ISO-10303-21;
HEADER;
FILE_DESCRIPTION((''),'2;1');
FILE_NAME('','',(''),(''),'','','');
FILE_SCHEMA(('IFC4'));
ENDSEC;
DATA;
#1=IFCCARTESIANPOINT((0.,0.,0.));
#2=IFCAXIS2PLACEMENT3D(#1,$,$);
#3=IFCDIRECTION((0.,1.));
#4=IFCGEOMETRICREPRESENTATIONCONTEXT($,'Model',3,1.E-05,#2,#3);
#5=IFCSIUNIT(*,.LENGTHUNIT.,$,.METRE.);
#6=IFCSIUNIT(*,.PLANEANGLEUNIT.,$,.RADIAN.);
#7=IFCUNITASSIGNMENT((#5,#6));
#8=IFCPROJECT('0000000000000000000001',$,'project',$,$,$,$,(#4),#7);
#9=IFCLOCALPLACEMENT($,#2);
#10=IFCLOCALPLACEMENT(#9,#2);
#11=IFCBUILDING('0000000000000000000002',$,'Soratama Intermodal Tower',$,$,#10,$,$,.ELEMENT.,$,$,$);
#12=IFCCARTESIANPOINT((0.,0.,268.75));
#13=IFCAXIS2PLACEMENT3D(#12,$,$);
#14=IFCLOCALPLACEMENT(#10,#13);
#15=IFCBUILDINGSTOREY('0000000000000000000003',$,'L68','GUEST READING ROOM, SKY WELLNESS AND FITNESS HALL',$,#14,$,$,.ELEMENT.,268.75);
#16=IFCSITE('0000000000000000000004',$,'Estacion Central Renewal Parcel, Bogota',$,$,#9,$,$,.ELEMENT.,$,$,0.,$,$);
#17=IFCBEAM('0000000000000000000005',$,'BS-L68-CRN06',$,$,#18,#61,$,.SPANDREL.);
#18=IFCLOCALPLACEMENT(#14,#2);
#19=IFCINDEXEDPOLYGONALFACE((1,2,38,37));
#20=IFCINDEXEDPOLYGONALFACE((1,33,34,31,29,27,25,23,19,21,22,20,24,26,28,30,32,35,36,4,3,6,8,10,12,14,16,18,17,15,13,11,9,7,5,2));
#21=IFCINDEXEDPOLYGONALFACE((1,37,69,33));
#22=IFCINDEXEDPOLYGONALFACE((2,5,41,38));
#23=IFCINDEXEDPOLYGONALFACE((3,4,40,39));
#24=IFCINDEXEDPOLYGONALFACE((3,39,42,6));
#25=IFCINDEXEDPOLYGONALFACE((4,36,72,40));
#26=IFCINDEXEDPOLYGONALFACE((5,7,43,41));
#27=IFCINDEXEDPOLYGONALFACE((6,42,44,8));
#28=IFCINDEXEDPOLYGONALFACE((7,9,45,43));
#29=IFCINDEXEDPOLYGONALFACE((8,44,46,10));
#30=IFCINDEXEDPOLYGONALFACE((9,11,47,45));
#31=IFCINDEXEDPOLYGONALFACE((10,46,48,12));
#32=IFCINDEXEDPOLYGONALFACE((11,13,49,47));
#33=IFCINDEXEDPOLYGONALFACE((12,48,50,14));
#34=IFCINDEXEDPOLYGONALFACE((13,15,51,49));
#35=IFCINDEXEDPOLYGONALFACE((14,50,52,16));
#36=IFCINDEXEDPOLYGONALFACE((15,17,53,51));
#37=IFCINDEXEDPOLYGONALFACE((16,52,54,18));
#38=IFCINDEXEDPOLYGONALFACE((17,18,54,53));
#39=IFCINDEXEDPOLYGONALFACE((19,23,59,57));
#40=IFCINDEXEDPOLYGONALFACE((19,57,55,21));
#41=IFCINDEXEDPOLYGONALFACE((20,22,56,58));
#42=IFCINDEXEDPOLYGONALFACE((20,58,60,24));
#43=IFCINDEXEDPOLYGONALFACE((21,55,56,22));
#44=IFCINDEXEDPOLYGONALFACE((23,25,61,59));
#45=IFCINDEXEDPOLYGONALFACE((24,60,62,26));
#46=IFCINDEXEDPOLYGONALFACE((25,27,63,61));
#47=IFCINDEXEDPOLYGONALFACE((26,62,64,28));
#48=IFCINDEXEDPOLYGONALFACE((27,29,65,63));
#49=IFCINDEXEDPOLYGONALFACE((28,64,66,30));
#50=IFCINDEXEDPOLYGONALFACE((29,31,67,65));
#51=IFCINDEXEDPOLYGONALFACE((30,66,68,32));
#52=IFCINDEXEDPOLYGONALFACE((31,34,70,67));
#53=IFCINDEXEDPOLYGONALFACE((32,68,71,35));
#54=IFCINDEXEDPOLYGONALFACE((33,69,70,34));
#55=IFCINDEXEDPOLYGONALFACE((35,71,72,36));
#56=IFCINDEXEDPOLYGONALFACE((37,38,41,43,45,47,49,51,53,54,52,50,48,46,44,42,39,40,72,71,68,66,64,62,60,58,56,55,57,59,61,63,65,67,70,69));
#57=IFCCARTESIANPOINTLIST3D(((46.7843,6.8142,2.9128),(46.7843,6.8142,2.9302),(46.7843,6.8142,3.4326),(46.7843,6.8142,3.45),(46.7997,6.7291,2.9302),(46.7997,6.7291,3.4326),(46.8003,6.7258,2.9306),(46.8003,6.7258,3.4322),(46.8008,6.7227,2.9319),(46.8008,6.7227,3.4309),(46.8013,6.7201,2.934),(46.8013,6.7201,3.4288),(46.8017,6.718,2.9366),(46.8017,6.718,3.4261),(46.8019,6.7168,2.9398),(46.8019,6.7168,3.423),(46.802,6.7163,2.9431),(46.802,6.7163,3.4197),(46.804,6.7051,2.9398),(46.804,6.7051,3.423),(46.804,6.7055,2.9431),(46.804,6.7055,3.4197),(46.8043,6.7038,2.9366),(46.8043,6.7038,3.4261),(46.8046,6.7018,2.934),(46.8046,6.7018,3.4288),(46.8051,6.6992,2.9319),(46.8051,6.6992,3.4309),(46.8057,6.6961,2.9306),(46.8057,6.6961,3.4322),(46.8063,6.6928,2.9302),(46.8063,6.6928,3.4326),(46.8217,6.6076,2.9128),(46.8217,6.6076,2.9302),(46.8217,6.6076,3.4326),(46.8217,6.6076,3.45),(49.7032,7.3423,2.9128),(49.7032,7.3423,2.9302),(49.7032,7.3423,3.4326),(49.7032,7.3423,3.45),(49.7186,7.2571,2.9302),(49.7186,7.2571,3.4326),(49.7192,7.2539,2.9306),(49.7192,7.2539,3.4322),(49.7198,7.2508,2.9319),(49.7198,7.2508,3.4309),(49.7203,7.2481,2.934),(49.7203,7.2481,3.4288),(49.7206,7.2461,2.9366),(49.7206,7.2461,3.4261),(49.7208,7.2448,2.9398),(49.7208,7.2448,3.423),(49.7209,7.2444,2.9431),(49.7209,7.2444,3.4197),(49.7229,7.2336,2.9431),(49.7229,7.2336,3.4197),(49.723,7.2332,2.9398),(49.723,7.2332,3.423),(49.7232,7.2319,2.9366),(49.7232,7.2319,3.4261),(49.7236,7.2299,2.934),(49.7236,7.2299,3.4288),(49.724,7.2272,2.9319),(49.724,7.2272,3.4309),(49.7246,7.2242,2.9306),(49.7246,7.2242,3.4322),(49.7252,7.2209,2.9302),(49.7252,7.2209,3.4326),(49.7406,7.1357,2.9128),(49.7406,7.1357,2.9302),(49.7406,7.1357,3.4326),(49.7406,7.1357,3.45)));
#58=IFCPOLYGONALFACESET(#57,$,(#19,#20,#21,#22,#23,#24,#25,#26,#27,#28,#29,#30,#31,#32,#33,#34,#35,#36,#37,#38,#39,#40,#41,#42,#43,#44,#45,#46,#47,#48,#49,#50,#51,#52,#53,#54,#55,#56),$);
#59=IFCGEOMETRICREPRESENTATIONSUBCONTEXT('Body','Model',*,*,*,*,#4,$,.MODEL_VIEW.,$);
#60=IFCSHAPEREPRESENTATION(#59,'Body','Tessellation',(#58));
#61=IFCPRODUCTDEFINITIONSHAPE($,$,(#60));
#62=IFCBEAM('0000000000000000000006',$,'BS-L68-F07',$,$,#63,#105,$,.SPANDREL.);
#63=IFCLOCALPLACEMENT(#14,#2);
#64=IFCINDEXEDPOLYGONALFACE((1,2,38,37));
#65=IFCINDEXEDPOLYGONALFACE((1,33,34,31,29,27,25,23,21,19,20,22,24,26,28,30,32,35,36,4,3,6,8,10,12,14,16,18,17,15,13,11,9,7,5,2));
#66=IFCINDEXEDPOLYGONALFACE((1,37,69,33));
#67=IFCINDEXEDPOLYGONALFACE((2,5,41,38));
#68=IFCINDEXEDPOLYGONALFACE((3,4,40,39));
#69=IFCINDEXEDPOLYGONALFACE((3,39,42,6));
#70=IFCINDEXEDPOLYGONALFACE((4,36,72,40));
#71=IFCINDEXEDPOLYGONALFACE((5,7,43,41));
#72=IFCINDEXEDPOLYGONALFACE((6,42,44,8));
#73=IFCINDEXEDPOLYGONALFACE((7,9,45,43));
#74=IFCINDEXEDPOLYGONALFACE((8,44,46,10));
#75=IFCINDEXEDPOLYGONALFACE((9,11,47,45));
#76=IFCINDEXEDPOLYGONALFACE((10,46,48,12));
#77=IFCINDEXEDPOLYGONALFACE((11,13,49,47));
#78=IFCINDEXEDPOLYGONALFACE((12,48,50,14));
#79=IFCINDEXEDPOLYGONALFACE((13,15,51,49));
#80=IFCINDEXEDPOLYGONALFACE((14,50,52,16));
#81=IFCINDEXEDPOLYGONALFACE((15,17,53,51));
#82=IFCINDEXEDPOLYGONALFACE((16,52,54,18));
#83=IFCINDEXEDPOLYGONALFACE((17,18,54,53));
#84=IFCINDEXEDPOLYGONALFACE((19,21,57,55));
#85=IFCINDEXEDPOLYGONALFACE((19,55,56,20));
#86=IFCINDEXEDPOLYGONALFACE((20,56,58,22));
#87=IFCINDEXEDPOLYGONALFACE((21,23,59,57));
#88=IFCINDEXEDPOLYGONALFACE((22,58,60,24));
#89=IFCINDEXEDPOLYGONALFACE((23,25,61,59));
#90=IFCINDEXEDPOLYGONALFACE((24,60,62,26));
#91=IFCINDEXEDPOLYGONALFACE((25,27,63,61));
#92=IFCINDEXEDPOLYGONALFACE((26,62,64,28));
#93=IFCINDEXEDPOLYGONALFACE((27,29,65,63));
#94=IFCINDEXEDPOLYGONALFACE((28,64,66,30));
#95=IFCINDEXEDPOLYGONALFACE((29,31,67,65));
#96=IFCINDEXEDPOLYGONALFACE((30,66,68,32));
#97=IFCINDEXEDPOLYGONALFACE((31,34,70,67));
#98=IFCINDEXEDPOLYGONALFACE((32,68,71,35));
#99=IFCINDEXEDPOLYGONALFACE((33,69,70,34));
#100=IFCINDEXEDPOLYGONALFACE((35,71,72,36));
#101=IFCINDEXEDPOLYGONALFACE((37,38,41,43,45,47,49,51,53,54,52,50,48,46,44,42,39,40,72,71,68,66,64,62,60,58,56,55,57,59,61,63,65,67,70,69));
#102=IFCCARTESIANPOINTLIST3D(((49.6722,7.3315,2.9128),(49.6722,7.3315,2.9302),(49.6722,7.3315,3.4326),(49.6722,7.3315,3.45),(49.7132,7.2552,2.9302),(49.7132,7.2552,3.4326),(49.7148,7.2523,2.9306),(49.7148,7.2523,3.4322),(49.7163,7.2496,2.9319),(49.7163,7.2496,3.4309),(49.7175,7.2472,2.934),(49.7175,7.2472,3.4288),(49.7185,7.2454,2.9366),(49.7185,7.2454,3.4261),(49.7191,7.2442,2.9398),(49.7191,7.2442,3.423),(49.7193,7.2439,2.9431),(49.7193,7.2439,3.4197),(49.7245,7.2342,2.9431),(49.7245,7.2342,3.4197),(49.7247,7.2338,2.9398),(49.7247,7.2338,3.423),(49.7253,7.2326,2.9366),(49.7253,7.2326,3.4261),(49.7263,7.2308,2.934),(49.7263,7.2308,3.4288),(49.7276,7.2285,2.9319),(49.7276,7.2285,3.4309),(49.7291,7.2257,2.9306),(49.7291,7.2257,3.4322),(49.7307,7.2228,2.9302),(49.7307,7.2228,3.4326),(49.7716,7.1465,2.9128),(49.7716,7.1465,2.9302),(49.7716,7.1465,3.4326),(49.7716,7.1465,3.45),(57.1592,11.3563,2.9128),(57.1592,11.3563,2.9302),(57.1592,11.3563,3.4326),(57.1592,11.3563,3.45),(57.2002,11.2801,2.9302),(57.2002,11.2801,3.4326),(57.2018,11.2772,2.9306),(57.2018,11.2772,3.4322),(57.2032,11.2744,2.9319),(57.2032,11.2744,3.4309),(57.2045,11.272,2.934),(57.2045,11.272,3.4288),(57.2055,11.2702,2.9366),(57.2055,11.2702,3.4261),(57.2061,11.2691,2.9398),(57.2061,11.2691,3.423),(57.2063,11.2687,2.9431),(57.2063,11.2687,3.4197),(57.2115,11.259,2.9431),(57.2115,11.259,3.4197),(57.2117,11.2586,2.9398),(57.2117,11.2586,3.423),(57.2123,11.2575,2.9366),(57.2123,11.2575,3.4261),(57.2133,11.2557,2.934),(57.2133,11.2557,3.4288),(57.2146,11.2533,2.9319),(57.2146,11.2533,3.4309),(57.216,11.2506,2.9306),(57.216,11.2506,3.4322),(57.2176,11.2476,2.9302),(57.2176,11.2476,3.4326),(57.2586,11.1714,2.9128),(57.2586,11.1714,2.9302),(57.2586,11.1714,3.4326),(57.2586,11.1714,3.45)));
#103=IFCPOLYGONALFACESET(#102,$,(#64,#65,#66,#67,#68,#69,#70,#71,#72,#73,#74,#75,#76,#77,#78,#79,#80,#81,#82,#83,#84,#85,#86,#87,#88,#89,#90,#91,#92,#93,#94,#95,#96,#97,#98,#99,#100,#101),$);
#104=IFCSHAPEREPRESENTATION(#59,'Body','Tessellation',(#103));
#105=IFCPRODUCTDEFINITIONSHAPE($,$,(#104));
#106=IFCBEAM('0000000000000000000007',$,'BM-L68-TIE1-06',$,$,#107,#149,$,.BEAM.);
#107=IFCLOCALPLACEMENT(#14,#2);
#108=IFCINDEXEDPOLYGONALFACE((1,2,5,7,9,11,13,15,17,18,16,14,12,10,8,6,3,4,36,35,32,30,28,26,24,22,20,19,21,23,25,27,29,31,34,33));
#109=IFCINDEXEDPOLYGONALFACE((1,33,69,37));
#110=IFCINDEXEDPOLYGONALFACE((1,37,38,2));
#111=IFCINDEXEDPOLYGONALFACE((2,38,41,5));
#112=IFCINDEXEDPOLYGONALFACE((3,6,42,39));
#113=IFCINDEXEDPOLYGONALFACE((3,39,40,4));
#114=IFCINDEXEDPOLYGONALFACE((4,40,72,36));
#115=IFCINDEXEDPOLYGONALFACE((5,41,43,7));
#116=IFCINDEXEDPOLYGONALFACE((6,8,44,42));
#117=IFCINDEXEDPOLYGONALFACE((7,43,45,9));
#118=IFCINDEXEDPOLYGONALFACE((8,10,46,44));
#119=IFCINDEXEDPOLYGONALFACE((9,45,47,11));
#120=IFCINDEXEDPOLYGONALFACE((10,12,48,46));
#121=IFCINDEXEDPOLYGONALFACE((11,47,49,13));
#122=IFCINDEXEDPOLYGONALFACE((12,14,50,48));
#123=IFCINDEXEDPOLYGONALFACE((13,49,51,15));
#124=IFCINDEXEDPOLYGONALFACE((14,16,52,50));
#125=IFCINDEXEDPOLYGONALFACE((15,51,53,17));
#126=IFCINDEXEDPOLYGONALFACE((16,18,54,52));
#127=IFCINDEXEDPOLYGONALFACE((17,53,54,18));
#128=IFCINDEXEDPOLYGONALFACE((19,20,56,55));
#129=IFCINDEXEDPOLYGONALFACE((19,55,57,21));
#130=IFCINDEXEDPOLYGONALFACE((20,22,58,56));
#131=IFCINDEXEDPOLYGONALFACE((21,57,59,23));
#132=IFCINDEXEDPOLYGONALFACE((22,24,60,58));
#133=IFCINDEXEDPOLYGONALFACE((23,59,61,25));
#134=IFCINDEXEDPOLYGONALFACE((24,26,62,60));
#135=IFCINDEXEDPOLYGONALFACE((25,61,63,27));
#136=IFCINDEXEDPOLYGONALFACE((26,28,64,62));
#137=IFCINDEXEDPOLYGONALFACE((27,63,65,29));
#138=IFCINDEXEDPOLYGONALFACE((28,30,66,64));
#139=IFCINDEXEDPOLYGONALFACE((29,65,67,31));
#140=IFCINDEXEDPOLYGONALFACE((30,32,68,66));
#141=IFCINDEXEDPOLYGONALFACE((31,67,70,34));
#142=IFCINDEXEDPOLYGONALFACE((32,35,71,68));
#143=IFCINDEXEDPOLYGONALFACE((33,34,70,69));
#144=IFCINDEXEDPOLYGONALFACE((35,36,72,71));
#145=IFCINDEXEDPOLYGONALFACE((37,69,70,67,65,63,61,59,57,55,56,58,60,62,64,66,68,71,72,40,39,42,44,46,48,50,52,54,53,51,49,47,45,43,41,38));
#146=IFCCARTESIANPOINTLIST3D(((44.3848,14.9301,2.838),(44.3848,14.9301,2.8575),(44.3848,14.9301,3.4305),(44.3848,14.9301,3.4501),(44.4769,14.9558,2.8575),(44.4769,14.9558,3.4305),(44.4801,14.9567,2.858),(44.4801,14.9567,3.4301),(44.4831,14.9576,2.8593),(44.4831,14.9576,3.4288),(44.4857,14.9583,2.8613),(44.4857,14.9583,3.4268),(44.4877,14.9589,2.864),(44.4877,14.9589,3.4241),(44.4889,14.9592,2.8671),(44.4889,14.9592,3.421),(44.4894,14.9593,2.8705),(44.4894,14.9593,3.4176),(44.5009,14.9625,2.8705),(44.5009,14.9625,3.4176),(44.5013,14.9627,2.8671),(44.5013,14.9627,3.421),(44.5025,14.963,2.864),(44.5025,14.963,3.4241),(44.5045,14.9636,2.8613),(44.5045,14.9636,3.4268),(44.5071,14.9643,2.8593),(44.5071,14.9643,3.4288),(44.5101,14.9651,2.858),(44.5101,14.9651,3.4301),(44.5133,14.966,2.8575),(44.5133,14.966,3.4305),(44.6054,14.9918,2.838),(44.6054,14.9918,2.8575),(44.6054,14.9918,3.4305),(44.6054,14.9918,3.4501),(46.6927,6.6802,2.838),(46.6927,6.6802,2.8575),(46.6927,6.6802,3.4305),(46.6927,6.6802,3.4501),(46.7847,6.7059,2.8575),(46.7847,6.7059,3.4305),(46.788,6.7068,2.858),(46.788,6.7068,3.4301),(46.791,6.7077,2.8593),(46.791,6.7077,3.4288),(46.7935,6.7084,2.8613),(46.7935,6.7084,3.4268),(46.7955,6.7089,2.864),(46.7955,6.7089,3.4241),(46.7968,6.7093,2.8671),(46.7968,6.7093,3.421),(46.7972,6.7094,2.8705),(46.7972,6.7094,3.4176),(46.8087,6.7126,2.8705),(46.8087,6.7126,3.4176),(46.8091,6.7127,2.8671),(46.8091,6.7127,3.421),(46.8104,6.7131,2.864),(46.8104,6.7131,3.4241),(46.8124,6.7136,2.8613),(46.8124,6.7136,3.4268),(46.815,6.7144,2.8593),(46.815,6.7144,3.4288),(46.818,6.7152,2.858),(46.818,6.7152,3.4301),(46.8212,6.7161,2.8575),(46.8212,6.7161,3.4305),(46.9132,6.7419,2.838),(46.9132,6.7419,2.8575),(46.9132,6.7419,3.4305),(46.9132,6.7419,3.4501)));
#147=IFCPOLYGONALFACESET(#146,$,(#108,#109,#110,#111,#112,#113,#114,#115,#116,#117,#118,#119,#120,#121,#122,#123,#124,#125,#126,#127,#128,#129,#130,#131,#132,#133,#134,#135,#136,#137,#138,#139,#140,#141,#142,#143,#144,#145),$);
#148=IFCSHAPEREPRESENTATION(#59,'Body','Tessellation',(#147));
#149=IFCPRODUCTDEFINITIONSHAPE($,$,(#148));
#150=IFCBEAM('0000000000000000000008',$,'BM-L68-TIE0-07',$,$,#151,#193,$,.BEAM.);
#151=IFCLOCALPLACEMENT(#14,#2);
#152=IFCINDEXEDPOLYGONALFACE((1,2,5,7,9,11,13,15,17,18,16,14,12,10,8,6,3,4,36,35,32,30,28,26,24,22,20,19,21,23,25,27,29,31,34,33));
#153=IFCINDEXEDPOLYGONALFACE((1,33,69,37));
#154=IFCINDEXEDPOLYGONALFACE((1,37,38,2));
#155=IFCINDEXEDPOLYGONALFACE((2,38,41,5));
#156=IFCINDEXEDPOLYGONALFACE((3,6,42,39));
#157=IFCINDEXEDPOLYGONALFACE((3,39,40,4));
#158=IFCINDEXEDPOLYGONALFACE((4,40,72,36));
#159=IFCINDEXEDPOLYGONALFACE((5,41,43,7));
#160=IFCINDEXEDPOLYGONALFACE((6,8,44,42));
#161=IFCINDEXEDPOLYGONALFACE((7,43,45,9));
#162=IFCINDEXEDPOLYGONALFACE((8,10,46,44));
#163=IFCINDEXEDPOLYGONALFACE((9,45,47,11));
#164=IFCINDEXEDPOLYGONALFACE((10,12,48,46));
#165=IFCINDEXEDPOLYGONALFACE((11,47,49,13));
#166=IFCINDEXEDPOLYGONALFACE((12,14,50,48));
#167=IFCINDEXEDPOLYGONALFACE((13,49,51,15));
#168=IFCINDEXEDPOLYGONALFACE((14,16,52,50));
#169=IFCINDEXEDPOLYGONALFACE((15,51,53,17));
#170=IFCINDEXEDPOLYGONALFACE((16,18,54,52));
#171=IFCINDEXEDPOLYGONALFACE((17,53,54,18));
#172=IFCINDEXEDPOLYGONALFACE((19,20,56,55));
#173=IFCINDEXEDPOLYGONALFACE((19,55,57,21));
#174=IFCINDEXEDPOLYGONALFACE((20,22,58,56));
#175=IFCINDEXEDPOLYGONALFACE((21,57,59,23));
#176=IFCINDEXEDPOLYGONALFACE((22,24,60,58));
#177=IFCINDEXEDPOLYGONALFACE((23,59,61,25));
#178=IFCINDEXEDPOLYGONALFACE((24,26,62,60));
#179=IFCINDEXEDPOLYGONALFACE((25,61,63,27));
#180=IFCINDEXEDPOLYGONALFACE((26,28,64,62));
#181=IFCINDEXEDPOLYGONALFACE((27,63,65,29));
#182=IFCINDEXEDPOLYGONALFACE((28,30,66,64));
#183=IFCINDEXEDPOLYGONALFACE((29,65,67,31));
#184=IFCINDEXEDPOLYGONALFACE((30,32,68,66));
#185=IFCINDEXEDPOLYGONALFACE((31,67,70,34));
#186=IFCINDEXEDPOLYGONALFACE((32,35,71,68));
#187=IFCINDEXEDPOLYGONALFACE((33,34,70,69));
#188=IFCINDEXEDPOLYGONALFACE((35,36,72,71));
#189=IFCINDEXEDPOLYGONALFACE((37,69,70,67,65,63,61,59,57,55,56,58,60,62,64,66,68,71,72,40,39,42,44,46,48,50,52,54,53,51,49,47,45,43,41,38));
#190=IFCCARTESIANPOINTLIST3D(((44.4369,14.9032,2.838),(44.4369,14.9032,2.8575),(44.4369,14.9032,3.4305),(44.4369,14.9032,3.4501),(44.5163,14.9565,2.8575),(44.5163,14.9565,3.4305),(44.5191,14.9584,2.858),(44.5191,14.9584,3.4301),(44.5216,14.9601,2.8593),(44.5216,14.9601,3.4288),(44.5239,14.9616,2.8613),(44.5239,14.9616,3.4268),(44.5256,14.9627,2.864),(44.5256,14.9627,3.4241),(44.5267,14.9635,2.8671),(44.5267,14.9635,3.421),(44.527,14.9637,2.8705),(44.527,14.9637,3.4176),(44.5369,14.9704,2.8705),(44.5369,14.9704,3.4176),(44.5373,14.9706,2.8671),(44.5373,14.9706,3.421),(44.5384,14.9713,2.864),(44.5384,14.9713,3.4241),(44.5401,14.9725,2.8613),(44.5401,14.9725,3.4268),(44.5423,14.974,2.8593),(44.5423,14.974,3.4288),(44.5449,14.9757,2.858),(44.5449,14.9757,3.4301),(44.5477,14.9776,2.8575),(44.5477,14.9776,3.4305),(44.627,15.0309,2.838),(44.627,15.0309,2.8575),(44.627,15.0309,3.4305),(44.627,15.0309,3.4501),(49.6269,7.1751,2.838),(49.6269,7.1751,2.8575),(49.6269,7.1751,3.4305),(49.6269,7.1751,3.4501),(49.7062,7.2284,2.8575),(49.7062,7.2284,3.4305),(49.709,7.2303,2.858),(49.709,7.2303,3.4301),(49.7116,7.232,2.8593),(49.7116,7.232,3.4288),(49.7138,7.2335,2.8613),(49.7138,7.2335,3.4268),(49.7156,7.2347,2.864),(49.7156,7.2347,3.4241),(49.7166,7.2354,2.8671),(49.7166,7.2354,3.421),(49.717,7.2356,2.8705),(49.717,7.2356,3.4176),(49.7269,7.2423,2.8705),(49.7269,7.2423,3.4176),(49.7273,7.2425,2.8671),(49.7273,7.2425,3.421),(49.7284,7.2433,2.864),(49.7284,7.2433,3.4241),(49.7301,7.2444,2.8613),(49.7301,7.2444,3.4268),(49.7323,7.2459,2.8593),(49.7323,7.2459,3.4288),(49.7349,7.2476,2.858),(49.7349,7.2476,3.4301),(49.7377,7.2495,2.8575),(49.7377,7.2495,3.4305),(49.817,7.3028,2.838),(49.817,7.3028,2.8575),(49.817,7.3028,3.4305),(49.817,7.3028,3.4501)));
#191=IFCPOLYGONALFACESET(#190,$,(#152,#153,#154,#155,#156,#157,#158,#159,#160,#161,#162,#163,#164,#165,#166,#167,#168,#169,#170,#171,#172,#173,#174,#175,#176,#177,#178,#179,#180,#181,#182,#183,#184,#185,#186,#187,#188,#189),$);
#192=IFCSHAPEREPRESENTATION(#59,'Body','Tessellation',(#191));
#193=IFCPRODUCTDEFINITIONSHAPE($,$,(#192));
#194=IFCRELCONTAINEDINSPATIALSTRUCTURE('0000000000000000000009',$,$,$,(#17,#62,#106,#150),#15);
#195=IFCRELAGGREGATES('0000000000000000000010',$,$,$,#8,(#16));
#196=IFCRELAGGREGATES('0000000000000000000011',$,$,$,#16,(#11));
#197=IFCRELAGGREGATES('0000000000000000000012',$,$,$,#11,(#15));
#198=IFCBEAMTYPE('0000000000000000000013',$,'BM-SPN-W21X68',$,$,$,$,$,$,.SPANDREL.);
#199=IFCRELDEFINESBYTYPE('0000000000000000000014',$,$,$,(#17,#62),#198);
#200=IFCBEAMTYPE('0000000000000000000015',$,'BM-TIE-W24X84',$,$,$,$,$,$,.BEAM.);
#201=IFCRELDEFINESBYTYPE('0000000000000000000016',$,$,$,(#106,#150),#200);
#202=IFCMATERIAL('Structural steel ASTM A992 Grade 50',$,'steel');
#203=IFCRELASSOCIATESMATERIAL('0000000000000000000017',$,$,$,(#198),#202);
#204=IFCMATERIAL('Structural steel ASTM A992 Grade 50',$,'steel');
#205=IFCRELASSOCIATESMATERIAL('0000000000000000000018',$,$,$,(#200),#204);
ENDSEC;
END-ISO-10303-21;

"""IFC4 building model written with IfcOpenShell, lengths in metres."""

from ifc_helpers import new_model, si_unit, direction, frame, origin, origin_2d, place, context, subcontext, project, spatial, i_section, extrude, material, material_profile, profile_set, type_object, element, save


model = new_model("IFC4")

# Units and contexts
model_context = context("Model", 3, precision=1e-05, world=origin(), true_north=direction((0.0, 1.0)))
body_context = subcontext(model_context, "Body", "Model", "MODEL_VIEW")
ifc_project = project(units=[si_unit("LENGTHUNIT", "METRE"), si_unit("PLANEANGLEUNIT", "RADIAN")], contexts=[model_context])

# Site, building, storey
site_placement = place(None, origin())
site = spatial("IfcSite", under=ifc_project, at=site_placement, Name="Estacion Central Renewal Parcel, Bogota", CompositionType="ELEMENT", RefElevation=0.0)
building_placement = place(site_placement, origin())
building = spatial("IfcBuilding", under=site, at=building_placement, Name="Soratama Intermodal Tower", CompositionType="ELEMENT")
storey_placement = place(building_placement, frame((0.0, 0.0, 268.75)))
storey = spatial("IfcBuildingStorey", under=building, at=storey_placement, Name="L68", Description="GUEST READING ROOM, SKY WELLNESS AND FITNESS HALL", CompositionType="ELEMENT", Elevation=268.75)

# Beams
ifc_material_1 = material(Name="Structural steel ASTM A992 Grade 50", Category="steel")
ifc_material_profile_1 = material_profile(ifc_material_1, i_section(OverallWidth=0.21, OverallDepth=0.5371, WebThickness=0.011, FlangeThickness=0.0173, FilletRadius=0.0129, at=origin_2d()), Name="W21X68")
ifc_profile_set_1 = profile_set([ifc_material_profile_1], Name="Structural steel ASTM A992 Grade 50")
beam_type_1 = type_object("IfcBeamType", Name="BM-SPN-W21X68", PredefinedType="SPANDREL", material=ifc_profile_set_1)
beam_1_placement = place(storey_placement, frame((46.803, 6.7109, 3.1814), z_axis=(0.984026, 0.178023, 0.0), x_axis=(-0.178023, 0.984026, 0.0)))
element("IfcBeam", 1, at=beam_1_placement, inside=storey, type_object=beam_type_1, Name="BS-L68-CRN06", PredefinedType="SPANDREL", context=body_context, shape_type="SweptSolid", body=[
    extrude(i_section(OverallWidth=0.21, OverallDepth=0.5371, WebThickness=0.011, FlangeThickness=0.0173, FilletRadius=0.0129, at=origin_2d()), origin(), (0.0, 0.0, 1.0), 2.9663),
])
beam_2_placement = place(storey_placement, frame((49.7219, 7.239, 3.1814), z_axis=(0.880795, 0.473499, 0.0), x_axis=(-0.473499, 0.880795, 0.0)))
element("IfcBeam", 2, at=beam_2_placement, inside=storey, type_object=beam_type_1, Name="BS-L68-F07", PredefinedType="SPANDREL", context=body_context, shape_type="SweptSolid", body=[
    extrude(i_section(OverallWidth=0.21, OverallDepth=0.5371, WebThickness=0.011, FlangeThickness=0.0173, FilletRadius=0.0129, at=origin_2d()), origin(), (0.0, 0.0, 1.0), 8.5002),
])
ifc_material_2 = material(Name="Structural steel ASTM A992 Grade 50", Category="steel")
ifc_material_profile_2 = material_profile(ifc_material_2, i_section(OverallWidth=0.229, OverallDepth=0.6121, WebThickness=0.012, FlangeThickness=0.0195, FilletRadius=0.0129, at=origin_2d()), Name="W24X84")
ifc_profile_set_2 = profile_set([ifc_material_profile_2], Name="Structural steel ASTM A992 Grade 50")
beam_type_2 = type_object("IfcBeamType", Name="BM-TIE-W24X84", PredefinedType="BEAM", material=ifc_profile_set_2)
beam_3_placement = place(storey_placement, frame((44.4951, 14.9609, 3.144), z_axis=(0.269398, -0.963029, 0.0), x_axis=(0.963029, 0.269398, 0.0)))
element("IfcBeam", 3, at=beam_3_placement, inside=storey, type_object=beam_type_2, Name="BM-L68-TIE1-06", PredefinedType="BEAM", context=body_context, shape_type="SweptSolid", body=[
    extrude(i_section(OverallWidth=0.229, OverallDepth=0.6121, WebThickness=0.012, FlangeThickness=0.0195, FilletRadius=0.0129, at=origin_2d()), origin(), (0.0, 0.0, 1.0), 8.5667),
])
beam_4_placement = place(storey_placement, frame((44.532, 14.967, 3.144), z_axis=(0.557517, -0.830165, 0.0), x_axis=(0.830165, 0.557517, 0.0)))
element("IfcBeam", 4, at=beam_4_placement, inside=storey, type_object=beam_type_2, Name="BM-L68-TIE0-07", PredefinedType="BEAM", context=body_context, shape_type="SweptSolid", body=[
    extrude(i_section(OverallWidth=0.229, OverallDepth=0.6121, WebThickness=0.012, FlangeThickness=0.0195, FilletRadius=0.0129, at=origin_2d()), origin(), (0.0, 0.0, 1.0), 9.3091),
])

save(model, "model.ifc")
